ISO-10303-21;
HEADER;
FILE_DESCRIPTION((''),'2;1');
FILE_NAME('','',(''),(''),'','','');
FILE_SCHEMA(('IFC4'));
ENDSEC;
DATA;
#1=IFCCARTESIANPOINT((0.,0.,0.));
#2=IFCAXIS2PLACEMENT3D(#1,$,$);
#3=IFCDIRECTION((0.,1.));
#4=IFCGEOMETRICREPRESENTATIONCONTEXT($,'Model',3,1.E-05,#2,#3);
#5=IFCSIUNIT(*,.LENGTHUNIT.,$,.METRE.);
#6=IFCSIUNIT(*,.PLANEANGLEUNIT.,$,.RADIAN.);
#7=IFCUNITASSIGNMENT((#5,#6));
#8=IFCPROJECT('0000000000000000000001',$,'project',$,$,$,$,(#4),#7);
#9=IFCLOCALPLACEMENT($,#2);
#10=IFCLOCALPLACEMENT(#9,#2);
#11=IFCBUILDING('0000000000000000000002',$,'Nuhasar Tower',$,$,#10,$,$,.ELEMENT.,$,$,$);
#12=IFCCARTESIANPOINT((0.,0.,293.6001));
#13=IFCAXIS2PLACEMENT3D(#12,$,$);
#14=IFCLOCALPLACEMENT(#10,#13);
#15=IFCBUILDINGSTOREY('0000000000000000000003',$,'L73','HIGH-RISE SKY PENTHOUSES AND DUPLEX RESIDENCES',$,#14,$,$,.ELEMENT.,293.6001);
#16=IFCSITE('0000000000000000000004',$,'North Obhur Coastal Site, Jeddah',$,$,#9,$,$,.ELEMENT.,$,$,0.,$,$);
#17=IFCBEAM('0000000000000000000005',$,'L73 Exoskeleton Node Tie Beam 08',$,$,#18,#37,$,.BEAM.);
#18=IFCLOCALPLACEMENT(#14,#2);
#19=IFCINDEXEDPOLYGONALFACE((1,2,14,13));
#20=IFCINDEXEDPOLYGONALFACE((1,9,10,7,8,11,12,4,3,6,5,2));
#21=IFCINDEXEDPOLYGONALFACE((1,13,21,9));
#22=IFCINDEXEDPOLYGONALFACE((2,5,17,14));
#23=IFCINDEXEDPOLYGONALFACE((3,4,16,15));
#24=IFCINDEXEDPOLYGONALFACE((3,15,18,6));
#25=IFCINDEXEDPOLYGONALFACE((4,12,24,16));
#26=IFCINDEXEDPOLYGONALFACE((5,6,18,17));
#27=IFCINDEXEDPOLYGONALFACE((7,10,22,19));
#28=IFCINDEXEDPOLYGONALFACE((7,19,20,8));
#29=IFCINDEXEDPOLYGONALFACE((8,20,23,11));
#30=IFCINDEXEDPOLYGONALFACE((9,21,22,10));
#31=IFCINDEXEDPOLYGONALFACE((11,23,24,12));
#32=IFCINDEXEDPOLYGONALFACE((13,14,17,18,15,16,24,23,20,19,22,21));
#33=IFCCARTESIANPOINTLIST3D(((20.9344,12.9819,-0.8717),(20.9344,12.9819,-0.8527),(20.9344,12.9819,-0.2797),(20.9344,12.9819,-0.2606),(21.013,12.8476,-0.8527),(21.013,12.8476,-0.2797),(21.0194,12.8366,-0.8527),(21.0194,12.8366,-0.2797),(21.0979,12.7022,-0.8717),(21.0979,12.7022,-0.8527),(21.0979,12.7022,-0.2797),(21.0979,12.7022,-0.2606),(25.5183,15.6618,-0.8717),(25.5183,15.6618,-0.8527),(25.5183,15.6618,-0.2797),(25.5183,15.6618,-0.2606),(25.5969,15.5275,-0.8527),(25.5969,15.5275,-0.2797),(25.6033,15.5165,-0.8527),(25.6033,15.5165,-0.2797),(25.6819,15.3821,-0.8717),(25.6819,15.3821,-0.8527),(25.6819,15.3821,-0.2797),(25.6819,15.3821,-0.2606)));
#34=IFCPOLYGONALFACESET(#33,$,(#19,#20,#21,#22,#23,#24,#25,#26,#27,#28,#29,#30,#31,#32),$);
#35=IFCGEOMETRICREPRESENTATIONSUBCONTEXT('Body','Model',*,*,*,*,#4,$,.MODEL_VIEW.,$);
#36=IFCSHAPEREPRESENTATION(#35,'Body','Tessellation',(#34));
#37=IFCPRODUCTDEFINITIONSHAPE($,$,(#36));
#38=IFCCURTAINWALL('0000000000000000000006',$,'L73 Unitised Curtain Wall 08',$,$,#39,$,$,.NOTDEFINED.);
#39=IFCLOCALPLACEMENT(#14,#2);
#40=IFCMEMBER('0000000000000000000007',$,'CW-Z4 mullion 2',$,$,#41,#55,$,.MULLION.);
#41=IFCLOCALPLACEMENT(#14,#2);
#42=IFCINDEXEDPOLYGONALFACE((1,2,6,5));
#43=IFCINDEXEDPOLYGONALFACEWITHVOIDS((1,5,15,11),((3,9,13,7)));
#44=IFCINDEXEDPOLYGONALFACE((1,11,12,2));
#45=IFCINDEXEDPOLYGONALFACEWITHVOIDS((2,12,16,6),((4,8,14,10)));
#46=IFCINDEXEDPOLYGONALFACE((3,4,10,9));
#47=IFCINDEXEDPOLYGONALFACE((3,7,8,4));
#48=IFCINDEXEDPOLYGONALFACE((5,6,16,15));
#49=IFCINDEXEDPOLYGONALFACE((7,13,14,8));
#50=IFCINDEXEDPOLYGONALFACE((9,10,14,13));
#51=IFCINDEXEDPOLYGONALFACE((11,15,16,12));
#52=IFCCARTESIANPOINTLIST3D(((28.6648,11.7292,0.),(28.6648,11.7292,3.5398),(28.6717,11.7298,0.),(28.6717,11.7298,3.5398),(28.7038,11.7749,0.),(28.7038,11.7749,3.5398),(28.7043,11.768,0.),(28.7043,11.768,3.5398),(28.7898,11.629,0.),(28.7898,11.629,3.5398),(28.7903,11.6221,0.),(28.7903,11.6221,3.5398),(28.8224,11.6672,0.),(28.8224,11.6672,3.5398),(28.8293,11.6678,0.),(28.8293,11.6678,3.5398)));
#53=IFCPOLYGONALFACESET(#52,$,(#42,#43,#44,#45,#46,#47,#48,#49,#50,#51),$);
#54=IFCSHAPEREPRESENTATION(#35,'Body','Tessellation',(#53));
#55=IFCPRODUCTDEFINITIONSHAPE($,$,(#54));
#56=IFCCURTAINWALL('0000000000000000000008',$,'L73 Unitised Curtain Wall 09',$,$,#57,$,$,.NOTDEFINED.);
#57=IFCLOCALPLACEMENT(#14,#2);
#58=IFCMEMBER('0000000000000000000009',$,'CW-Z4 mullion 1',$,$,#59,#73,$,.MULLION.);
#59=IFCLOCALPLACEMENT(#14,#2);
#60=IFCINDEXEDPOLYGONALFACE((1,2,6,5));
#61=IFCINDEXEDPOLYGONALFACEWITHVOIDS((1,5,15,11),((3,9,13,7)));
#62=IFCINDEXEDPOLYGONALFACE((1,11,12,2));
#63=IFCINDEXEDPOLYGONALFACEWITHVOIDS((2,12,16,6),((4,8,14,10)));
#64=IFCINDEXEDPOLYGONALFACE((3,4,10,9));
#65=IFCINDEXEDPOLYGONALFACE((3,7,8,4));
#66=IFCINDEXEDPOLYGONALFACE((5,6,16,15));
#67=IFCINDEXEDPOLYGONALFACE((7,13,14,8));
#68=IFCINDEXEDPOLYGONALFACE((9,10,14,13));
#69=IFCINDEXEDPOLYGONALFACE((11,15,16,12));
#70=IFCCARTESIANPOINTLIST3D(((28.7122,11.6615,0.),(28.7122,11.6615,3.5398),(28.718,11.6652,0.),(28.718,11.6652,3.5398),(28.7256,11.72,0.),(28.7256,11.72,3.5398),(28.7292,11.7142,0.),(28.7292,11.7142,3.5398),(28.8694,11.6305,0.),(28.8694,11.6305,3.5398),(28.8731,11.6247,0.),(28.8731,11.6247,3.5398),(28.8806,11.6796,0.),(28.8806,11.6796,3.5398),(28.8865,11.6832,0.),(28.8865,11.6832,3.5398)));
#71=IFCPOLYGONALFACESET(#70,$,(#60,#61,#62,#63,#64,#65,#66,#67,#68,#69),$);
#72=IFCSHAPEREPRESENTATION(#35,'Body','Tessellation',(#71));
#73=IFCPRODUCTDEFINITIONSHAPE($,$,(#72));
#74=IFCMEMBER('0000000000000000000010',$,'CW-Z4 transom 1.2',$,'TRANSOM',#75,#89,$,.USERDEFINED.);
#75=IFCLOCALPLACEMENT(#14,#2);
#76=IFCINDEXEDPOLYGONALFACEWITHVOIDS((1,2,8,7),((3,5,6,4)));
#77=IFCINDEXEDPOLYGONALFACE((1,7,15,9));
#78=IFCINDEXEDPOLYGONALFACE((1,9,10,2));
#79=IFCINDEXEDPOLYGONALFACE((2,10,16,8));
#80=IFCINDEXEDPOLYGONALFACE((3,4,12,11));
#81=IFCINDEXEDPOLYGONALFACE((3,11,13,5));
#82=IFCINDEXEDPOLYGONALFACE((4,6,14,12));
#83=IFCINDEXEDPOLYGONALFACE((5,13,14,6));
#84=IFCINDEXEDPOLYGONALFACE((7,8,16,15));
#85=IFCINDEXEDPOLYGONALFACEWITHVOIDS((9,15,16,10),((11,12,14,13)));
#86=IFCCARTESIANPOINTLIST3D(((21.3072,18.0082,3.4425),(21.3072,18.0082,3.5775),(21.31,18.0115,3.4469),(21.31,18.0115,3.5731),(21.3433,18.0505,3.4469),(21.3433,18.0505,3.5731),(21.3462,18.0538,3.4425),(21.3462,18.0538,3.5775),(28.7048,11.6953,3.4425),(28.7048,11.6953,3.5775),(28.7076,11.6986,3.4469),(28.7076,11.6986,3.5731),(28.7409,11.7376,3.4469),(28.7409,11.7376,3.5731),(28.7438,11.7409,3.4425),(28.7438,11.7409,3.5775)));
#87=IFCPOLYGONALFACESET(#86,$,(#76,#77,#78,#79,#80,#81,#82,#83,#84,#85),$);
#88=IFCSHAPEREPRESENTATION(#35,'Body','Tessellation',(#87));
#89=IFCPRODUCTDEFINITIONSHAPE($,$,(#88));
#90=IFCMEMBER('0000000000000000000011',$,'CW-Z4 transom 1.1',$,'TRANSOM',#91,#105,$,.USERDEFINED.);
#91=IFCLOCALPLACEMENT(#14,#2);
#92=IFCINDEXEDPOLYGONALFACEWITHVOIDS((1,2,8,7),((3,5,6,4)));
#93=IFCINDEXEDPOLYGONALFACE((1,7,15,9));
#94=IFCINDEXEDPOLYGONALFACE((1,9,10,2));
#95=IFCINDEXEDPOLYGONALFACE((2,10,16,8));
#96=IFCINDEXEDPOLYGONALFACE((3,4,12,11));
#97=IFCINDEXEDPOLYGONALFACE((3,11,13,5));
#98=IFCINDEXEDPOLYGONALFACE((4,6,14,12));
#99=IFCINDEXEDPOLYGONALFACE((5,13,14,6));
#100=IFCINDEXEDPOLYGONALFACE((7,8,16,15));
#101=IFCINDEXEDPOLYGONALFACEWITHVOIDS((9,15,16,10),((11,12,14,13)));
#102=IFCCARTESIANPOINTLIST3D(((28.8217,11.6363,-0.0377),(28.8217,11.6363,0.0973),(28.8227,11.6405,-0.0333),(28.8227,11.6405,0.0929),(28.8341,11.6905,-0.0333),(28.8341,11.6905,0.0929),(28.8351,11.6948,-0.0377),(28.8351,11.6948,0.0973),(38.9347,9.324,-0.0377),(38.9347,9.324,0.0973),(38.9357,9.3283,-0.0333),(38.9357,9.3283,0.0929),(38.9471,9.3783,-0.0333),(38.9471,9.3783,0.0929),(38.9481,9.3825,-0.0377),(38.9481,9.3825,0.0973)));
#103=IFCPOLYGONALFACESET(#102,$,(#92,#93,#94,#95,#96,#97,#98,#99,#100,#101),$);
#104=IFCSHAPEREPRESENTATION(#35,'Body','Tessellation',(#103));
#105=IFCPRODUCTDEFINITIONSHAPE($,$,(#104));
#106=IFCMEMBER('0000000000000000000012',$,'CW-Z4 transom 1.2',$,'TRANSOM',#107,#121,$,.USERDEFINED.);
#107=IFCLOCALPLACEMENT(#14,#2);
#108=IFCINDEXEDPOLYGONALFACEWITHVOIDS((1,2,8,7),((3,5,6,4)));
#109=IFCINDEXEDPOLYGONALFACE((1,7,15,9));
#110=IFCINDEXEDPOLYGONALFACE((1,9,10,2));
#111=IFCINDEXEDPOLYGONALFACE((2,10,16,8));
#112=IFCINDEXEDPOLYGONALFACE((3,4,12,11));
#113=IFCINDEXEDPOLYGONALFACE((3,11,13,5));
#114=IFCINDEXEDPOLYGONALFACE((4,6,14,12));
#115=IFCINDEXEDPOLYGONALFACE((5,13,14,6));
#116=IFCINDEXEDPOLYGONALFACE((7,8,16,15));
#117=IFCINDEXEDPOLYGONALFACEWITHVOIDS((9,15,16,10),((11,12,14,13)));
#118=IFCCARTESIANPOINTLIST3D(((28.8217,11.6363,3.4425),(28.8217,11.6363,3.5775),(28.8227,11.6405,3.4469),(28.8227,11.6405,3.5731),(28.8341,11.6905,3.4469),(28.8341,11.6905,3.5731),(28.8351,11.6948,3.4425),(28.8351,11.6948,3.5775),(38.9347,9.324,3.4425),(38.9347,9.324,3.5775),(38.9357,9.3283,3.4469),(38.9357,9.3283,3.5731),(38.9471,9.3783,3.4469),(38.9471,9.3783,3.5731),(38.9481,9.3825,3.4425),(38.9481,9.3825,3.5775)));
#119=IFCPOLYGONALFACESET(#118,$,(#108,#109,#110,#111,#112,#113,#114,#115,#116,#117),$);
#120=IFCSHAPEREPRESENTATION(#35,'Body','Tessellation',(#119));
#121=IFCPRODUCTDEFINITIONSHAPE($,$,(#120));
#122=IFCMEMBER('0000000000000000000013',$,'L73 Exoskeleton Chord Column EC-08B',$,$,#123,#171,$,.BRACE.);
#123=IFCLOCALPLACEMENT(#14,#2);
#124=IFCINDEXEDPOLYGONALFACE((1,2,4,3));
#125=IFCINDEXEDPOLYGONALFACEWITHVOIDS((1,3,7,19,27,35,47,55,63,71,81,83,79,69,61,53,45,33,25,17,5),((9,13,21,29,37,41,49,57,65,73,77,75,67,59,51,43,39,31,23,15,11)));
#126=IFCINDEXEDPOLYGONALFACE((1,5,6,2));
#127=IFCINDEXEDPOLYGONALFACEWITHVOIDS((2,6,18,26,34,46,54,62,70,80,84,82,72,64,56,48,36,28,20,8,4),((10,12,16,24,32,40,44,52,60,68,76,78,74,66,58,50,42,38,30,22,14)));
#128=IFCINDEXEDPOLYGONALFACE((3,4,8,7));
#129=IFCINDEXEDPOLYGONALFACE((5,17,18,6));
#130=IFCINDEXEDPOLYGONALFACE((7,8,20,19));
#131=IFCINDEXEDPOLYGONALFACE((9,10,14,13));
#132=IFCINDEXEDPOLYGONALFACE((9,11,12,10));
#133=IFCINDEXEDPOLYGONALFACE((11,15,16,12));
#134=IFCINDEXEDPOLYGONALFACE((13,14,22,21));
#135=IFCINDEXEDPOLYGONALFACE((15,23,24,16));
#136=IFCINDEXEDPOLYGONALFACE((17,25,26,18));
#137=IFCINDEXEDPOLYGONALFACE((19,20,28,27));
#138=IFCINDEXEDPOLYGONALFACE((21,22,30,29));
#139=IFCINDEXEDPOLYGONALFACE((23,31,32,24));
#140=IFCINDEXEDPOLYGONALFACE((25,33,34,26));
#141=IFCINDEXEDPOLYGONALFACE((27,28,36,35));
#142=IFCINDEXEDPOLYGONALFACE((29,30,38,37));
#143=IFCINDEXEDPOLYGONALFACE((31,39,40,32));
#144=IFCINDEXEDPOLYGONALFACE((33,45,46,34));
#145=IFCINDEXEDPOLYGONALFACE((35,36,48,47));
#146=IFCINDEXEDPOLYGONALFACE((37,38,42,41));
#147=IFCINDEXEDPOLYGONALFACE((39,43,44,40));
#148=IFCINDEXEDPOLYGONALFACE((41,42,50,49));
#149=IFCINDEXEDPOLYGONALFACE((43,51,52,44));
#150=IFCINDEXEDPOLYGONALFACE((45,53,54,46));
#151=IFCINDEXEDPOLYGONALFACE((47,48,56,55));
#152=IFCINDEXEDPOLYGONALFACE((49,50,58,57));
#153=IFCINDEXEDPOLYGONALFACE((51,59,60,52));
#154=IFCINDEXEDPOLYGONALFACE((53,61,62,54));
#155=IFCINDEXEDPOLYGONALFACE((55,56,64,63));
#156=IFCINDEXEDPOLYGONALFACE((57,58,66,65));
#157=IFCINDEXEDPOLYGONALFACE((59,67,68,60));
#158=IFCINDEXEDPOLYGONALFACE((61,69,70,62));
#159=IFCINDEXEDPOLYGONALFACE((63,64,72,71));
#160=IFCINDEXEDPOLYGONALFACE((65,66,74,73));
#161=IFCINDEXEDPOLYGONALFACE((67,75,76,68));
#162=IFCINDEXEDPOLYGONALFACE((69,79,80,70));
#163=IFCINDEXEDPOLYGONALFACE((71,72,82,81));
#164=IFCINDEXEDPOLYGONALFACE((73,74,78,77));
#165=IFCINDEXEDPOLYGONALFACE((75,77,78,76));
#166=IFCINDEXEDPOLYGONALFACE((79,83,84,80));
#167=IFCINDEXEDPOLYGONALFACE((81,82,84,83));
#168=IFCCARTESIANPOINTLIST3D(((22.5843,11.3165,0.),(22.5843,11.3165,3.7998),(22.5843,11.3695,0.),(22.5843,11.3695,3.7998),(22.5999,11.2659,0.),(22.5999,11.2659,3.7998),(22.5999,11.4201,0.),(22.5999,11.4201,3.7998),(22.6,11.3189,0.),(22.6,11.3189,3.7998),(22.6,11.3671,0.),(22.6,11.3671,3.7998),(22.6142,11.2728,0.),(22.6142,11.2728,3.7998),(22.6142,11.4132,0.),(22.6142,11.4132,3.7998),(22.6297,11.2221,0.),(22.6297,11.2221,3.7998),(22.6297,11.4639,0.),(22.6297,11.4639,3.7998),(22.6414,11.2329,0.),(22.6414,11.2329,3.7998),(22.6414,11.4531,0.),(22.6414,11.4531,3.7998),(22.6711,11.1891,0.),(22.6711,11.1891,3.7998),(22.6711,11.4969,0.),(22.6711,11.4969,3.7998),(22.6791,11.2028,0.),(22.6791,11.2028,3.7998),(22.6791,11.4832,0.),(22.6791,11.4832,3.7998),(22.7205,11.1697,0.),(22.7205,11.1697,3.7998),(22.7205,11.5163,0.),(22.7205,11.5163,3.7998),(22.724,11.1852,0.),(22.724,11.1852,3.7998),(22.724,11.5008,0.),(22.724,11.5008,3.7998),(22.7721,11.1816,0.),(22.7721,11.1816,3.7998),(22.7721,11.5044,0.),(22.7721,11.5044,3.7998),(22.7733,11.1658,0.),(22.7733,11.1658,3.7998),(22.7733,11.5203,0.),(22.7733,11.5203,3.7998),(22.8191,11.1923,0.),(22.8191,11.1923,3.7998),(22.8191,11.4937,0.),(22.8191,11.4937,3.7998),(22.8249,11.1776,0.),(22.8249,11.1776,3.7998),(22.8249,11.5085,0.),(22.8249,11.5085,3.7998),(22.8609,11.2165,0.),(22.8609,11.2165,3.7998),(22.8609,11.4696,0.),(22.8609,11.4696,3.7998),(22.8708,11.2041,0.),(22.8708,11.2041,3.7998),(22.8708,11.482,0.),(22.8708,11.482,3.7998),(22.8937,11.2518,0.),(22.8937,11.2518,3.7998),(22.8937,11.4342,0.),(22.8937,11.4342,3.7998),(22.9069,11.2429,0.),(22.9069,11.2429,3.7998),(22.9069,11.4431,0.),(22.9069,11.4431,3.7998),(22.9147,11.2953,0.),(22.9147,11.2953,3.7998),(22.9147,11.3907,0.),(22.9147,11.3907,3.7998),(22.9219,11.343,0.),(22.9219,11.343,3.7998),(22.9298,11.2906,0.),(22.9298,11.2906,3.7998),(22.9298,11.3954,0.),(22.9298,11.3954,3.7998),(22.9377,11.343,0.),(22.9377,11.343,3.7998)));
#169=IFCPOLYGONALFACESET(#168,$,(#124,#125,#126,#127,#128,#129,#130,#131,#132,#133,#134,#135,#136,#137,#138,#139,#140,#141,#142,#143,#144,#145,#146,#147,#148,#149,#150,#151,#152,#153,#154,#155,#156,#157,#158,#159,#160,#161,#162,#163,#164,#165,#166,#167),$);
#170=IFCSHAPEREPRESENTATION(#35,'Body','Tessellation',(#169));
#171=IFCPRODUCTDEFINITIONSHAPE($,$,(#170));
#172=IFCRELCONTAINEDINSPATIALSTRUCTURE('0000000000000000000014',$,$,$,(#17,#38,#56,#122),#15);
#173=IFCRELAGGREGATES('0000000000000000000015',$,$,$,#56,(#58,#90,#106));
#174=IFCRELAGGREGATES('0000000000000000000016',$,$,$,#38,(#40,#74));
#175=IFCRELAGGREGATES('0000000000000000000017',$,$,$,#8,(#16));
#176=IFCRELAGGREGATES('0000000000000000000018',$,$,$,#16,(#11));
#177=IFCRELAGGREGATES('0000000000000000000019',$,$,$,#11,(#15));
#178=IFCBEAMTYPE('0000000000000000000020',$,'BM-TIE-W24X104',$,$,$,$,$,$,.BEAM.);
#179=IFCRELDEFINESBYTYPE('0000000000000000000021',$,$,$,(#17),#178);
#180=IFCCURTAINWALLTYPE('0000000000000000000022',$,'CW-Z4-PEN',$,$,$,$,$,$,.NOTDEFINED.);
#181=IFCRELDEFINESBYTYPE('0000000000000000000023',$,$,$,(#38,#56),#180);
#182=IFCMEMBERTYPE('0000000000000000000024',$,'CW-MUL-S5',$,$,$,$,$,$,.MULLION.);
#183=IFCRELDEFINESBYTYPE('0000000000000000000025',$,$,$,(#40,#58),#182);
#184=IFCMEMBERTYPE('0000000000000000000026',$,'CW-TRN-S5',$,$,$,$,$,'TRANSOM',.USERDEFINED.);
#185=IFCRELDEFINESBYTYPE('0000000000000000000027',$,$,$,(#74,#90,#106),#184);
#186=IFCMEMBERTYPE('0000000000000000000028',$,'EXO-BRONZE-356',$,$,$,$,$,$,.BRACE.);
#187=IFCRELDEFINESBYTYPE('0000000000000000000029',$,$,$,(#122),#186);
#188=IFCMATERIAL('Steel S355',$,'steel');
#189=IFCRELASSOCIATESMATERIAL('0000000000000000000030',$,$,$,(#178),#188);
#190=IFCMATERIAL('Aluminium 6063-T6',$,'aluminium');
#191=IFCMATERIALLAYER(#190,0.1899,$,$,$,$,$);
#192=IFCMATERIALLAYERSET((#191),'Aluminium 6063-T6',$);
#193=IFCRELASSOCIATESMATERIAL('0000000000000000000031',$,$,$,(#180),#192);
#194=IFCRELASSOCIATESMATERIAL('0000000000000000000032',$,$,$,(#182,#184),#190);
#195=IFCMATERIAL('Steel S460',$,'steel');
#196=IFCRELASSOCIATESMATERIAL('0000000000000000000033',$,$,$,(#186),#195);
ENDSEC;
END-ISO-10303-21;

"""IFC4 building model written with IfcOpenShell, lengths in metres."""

from ifc_helpers import new_model, si_unit, direction, frame, origin, origin_2d, place, context, subcontext, project, spatial, hollow_rectangle, hollow_circle, i_section, extrude, material, layer, layer_set, material_profile, profile_set, type_object, element, aggregate, save


model = new_model("IFC4")

# Units and contexts
model_context = context("Model", 3, precision=1e-05, world=origin(), true_north=direction((0.0, 1.0)))
body_context = subcontext(model_context, "Body", "Model", "MODEL_VIEW")
ifc_project = project(units=[si_unit("LENGTHUNIT", "METRE"), si_unit("PLANEANGLEUNIT", "RADIAN")], contexts=[model_context])

# Site, building, storey
site_placement = place(None, origin())
site = spatial("IfcSite", under=ifc_project, at=site_placement, Name="North Obhur Coastal Site, Jeddah", CompositionType="ELEMENT", RefElevation=0.0)
building_placement = place(site_placement, origin())
building = spatial("IfcBuilding", under=site, at=building_placement, Name="Nuhasar Tower", CompositionType="ELEMENT")
storey_placement = place(building_placement, frame((0.0, 0.0, 293.6001)))
storey = spatial("IfcBuildingStorey", under=building, at=storey_placement, Name="L73", Description="HIGH-RISE SKY PENTHOUSES AND DUPLEX RESIDENCES", CompositionType="ELEMENT", Elevation=293.6001)

# Beam
ifc_material_1 = material(Name="Steel S355", Category="steel")
ifc_material_profile_1 = material_profile(ifc_material_1, i_section(OverallWidth=0.324, OverallDepth=0.6111, WebThickness=0.0127, FlangeThickness=0.019, at=origin_2d()), Name="W24X104")
ifc_profile_set_1 = profile_set([ifc_material_profile_1], Name="Steel S355")
beam_type_1 = type_object("IfcBeamType", Name="BM-TIE-W24X104", PredefinedType="BEAM", material=ifc_profile_set_1)
beam_1_placement = place(storey_placement, frame((25.6001, 15.522, -0.5662), z_axis=(-0.863292, -0.504706, 0.0), x_axis=(0.504706, -0.863292, 0.0)))
element("IfcBeam", 1, at=beam_1_placement, inside=storey, type_object=beam_type_1, Name="L73 Exoskeleton Node Tie Beam 08", PredefinedType="BEAM", context=body_context, shape_type="SweptSolid", body=[
    extrude(i_section(OverallWidth=0.324, OverallDepth=0.6111, WebThickness=0.0127, FlangeThickness=0.019, at=origin_2d()), origin(), (0.0, 0.0, 1.0), 5.3098),
])

# Curtain walls, members
ifc_material_2 = material(Name="Aluminium 6063-T6", Category="aluminium")
ifc_layer_1 = layer(ifc_material_2, 0.1899)
ifc_layer_set_1 = layer_set([ifc_layer_1], Name="Aluminium 6063-T6")
curtain_wall_type = type_object("IfcCurtainWallType", Name="CW-Z4-PEN", PredefinedType="NOTDEFINED", material=ifc_layer_set_1)
curtain_wall_1_placement = place(storey_placement, origin())
curtain_wall_1 = element("IfcCurtainWall", 2, at=curtain_wall_1_placement, inside=storey, type_object=curtain_wall_type, Name="L73 Unitised Curtain Wall 08", PredefinedType="NOTDEFINED")
ifc_material_profile_2 = material_profile(ifc_material_2, hollow_rectangle(XDim=0.0601, YDim=0.165, WallThickness=0.0049, at=origin_2d()), Name="CWM-5")
ifc_profile_set_2 = profile_set([ifc_material_profile_2], Name="Aluminium 6063-T6")
member_type_1 = type_object("IfcMemberType", Name="CW-MUL-S5", PredefinedType="MULLION", material=ifc_profile_set_2)
member_1_placement = place(storey_placement, frame((28.7471, 11.6985, 0.0), z_axis=(0.0, 0.0, 1.0), x_axis=(0.649142, 0.760667, 0.0)))
member_1 = element("IfcMember", 3, at=member_1_placement, type_object=member_type_1, Name="CW-Z4 mullion 2", PredefinedType="MULLION", context=body_context, shape_type="SweptSolid", body=[
    extrude(hollow_rectangle(XDim=0.0601, YDim=0.165, WallThickness=0.0049, at=origin_2d()), origin(), (0.0, 0.0, 1.0), 3.5398),
])
curtain_wall_2_placement = place(storey_placement, origin())
curtain_wall_2 = element("IfcCurtainWall", 4, at=curtain_wall_2_placement, inside=storey, type_object=curtain_wall_type, Name="L73 Unitised Curtain Wall 09", PredefinedType="NOTDEFINED")
member_2_placement = place(storey_placement, frame((28.7993, 11.6724, 0.0), z_axis=(0.0, 0.0, 1.0), x_axis=(0.222889, 0.974844, 0.0)))
member_2 = element("IfcMember", 5, at=member_2_placement, type_object=member_type_1, Name="CW-Z4 mullion 1", PredefinedType="MULLION", context=body_context, shape_type="SweptSolid", body=[
    extrude(hollow_rectangle(XDim=0.0601, YDim=0.165, WallThickness=0.0049, at=origin_2d()), origin(), (0.0, 0.0, 1.0), 3.5398),
])

# Members
ifc_material_profile_3 = material_profile(ifc_material_2, hollow_rectangle(XDim=0.0601, YDim=0.135, WallThickness=0.0044, at=origin_2d()), Name="CWT-5")
ifc_profile_set_3 = profile_set([ifc_material_profile_3], Name="Aluminium 6063-T6")
member_type_2 = type_object("IfcMemberType", Name="CW-TRN-S5", ElementType="TRANSOM", PredefinedType="USERDEFINED", material=ifc_profile_set_3)
member_3_placement = place(storey_placement, frame((21.3267, 18.031, 3.51), z_axis=(0.760672, -0.649136, 0.0), x_axis=(0.649136, 0.760672, 0.0)))
member_3 = element("IfcMember", 6, at=member_3_placement, type_object=member_type_2, Name="CW-Z4 transom 1.2", ObjectType="TRANSOM", PredefinedType="USERDEFINED", context=body_context, shape_type="SweptSolid", body=[
    extrude(hollow_rectangle(XDim=0.0601, YDim=0.135, WallThickness=0.0044, at=origin_2d()), origin(), (0.0, 0.0, 1.0), 9.7251),
])
member_4_placement = place(storey_placement, frame((28.8284, 11.6655, 0.0298), z_axis=(0.974844, -0.222889, 0.0), x_axis=(0.222889, 0.974844, 0.0)))
member_4 = element("IfcMember", 7, at=member_4_placement, type_object=member_type_2, Name="CW-Z4 transom 1.1", ObjectType="TRANSOM", PredefinedType="USERDEFINED", context=body_context, shape_type="SweptSolid", body=[
    extrude(hollow_rectangle(XDim=0.0601, YDim=0.135, WallThickness=0.0044, at=origin_2d()), origin(), (0.0, 0.0, 1.0), 10.374),
])
member_5_placement = place(storey_placement, frame((28.8284, 11.6655, 3.51), z_axis=(0.974844, -0.222889, 0.0), x_axis=(0.222889, 0.974844, 0.0)))
member_5 = element("IfcMember", 8, at=member_5_placement, type_object=member_type_2, Name="CW-Z4 transom 1.2", ObjectType="TRANSOM", PredefinedType="USERDEFINED", context=body_context, shape_type="SweptSolid", body=[
    extrude(hollow_rectangle(XDim=0.0601, YDim=0.135, WallThickness=0.0044, at=origin_2d()), origin(), (0.0, 0.0, 1.0), 10.374),
])
aggregate(curtain_wall_2, [member_2, member_4, member_5])

# Member
ifc_material_3 = material(Name="Steel S460", Category="steel")
ifc_material_profile_4 = material_profile(ifc_material_3, hollow_circle(Radius=0.1777, WallThickness=0.0159, at=origin_2d()), Name="HSS355.6X15.9")
ifc_profile_set_4 = profile_set([ifc_material_profile_4], Name="Steel S460")
member_type_3 = type_object("IfcMemberType", Name="EXO-BRONZE-356", PredefinedType="BRACE", material=ifc_profile_set_4)
member_6_placement = place(storey_placement, frame((22.76, 11.343, 0.0), z_axis=(0.0, 0.0, 1.0), x_axis=(1.0, 0.0, 0.0)))
element("IfcMember", 9, at=member_6_placement, inside=storey, type_object=member_type_3, Name="L73 Exoskeleton Chord Column EC-08B", PredefinedType="BRACE", context=body_context, shape_type="SweptSolid", body=[
    extrude(hollow_circle(Radius=0.1777, WallThickness=0.0159, at=origin_2d()), origin(), (0.0, 0.0, 1.0), 3.7998),
])

aggregate(curtain_wall_1, [member_1, member_3])

save(model, "model.ifc")
